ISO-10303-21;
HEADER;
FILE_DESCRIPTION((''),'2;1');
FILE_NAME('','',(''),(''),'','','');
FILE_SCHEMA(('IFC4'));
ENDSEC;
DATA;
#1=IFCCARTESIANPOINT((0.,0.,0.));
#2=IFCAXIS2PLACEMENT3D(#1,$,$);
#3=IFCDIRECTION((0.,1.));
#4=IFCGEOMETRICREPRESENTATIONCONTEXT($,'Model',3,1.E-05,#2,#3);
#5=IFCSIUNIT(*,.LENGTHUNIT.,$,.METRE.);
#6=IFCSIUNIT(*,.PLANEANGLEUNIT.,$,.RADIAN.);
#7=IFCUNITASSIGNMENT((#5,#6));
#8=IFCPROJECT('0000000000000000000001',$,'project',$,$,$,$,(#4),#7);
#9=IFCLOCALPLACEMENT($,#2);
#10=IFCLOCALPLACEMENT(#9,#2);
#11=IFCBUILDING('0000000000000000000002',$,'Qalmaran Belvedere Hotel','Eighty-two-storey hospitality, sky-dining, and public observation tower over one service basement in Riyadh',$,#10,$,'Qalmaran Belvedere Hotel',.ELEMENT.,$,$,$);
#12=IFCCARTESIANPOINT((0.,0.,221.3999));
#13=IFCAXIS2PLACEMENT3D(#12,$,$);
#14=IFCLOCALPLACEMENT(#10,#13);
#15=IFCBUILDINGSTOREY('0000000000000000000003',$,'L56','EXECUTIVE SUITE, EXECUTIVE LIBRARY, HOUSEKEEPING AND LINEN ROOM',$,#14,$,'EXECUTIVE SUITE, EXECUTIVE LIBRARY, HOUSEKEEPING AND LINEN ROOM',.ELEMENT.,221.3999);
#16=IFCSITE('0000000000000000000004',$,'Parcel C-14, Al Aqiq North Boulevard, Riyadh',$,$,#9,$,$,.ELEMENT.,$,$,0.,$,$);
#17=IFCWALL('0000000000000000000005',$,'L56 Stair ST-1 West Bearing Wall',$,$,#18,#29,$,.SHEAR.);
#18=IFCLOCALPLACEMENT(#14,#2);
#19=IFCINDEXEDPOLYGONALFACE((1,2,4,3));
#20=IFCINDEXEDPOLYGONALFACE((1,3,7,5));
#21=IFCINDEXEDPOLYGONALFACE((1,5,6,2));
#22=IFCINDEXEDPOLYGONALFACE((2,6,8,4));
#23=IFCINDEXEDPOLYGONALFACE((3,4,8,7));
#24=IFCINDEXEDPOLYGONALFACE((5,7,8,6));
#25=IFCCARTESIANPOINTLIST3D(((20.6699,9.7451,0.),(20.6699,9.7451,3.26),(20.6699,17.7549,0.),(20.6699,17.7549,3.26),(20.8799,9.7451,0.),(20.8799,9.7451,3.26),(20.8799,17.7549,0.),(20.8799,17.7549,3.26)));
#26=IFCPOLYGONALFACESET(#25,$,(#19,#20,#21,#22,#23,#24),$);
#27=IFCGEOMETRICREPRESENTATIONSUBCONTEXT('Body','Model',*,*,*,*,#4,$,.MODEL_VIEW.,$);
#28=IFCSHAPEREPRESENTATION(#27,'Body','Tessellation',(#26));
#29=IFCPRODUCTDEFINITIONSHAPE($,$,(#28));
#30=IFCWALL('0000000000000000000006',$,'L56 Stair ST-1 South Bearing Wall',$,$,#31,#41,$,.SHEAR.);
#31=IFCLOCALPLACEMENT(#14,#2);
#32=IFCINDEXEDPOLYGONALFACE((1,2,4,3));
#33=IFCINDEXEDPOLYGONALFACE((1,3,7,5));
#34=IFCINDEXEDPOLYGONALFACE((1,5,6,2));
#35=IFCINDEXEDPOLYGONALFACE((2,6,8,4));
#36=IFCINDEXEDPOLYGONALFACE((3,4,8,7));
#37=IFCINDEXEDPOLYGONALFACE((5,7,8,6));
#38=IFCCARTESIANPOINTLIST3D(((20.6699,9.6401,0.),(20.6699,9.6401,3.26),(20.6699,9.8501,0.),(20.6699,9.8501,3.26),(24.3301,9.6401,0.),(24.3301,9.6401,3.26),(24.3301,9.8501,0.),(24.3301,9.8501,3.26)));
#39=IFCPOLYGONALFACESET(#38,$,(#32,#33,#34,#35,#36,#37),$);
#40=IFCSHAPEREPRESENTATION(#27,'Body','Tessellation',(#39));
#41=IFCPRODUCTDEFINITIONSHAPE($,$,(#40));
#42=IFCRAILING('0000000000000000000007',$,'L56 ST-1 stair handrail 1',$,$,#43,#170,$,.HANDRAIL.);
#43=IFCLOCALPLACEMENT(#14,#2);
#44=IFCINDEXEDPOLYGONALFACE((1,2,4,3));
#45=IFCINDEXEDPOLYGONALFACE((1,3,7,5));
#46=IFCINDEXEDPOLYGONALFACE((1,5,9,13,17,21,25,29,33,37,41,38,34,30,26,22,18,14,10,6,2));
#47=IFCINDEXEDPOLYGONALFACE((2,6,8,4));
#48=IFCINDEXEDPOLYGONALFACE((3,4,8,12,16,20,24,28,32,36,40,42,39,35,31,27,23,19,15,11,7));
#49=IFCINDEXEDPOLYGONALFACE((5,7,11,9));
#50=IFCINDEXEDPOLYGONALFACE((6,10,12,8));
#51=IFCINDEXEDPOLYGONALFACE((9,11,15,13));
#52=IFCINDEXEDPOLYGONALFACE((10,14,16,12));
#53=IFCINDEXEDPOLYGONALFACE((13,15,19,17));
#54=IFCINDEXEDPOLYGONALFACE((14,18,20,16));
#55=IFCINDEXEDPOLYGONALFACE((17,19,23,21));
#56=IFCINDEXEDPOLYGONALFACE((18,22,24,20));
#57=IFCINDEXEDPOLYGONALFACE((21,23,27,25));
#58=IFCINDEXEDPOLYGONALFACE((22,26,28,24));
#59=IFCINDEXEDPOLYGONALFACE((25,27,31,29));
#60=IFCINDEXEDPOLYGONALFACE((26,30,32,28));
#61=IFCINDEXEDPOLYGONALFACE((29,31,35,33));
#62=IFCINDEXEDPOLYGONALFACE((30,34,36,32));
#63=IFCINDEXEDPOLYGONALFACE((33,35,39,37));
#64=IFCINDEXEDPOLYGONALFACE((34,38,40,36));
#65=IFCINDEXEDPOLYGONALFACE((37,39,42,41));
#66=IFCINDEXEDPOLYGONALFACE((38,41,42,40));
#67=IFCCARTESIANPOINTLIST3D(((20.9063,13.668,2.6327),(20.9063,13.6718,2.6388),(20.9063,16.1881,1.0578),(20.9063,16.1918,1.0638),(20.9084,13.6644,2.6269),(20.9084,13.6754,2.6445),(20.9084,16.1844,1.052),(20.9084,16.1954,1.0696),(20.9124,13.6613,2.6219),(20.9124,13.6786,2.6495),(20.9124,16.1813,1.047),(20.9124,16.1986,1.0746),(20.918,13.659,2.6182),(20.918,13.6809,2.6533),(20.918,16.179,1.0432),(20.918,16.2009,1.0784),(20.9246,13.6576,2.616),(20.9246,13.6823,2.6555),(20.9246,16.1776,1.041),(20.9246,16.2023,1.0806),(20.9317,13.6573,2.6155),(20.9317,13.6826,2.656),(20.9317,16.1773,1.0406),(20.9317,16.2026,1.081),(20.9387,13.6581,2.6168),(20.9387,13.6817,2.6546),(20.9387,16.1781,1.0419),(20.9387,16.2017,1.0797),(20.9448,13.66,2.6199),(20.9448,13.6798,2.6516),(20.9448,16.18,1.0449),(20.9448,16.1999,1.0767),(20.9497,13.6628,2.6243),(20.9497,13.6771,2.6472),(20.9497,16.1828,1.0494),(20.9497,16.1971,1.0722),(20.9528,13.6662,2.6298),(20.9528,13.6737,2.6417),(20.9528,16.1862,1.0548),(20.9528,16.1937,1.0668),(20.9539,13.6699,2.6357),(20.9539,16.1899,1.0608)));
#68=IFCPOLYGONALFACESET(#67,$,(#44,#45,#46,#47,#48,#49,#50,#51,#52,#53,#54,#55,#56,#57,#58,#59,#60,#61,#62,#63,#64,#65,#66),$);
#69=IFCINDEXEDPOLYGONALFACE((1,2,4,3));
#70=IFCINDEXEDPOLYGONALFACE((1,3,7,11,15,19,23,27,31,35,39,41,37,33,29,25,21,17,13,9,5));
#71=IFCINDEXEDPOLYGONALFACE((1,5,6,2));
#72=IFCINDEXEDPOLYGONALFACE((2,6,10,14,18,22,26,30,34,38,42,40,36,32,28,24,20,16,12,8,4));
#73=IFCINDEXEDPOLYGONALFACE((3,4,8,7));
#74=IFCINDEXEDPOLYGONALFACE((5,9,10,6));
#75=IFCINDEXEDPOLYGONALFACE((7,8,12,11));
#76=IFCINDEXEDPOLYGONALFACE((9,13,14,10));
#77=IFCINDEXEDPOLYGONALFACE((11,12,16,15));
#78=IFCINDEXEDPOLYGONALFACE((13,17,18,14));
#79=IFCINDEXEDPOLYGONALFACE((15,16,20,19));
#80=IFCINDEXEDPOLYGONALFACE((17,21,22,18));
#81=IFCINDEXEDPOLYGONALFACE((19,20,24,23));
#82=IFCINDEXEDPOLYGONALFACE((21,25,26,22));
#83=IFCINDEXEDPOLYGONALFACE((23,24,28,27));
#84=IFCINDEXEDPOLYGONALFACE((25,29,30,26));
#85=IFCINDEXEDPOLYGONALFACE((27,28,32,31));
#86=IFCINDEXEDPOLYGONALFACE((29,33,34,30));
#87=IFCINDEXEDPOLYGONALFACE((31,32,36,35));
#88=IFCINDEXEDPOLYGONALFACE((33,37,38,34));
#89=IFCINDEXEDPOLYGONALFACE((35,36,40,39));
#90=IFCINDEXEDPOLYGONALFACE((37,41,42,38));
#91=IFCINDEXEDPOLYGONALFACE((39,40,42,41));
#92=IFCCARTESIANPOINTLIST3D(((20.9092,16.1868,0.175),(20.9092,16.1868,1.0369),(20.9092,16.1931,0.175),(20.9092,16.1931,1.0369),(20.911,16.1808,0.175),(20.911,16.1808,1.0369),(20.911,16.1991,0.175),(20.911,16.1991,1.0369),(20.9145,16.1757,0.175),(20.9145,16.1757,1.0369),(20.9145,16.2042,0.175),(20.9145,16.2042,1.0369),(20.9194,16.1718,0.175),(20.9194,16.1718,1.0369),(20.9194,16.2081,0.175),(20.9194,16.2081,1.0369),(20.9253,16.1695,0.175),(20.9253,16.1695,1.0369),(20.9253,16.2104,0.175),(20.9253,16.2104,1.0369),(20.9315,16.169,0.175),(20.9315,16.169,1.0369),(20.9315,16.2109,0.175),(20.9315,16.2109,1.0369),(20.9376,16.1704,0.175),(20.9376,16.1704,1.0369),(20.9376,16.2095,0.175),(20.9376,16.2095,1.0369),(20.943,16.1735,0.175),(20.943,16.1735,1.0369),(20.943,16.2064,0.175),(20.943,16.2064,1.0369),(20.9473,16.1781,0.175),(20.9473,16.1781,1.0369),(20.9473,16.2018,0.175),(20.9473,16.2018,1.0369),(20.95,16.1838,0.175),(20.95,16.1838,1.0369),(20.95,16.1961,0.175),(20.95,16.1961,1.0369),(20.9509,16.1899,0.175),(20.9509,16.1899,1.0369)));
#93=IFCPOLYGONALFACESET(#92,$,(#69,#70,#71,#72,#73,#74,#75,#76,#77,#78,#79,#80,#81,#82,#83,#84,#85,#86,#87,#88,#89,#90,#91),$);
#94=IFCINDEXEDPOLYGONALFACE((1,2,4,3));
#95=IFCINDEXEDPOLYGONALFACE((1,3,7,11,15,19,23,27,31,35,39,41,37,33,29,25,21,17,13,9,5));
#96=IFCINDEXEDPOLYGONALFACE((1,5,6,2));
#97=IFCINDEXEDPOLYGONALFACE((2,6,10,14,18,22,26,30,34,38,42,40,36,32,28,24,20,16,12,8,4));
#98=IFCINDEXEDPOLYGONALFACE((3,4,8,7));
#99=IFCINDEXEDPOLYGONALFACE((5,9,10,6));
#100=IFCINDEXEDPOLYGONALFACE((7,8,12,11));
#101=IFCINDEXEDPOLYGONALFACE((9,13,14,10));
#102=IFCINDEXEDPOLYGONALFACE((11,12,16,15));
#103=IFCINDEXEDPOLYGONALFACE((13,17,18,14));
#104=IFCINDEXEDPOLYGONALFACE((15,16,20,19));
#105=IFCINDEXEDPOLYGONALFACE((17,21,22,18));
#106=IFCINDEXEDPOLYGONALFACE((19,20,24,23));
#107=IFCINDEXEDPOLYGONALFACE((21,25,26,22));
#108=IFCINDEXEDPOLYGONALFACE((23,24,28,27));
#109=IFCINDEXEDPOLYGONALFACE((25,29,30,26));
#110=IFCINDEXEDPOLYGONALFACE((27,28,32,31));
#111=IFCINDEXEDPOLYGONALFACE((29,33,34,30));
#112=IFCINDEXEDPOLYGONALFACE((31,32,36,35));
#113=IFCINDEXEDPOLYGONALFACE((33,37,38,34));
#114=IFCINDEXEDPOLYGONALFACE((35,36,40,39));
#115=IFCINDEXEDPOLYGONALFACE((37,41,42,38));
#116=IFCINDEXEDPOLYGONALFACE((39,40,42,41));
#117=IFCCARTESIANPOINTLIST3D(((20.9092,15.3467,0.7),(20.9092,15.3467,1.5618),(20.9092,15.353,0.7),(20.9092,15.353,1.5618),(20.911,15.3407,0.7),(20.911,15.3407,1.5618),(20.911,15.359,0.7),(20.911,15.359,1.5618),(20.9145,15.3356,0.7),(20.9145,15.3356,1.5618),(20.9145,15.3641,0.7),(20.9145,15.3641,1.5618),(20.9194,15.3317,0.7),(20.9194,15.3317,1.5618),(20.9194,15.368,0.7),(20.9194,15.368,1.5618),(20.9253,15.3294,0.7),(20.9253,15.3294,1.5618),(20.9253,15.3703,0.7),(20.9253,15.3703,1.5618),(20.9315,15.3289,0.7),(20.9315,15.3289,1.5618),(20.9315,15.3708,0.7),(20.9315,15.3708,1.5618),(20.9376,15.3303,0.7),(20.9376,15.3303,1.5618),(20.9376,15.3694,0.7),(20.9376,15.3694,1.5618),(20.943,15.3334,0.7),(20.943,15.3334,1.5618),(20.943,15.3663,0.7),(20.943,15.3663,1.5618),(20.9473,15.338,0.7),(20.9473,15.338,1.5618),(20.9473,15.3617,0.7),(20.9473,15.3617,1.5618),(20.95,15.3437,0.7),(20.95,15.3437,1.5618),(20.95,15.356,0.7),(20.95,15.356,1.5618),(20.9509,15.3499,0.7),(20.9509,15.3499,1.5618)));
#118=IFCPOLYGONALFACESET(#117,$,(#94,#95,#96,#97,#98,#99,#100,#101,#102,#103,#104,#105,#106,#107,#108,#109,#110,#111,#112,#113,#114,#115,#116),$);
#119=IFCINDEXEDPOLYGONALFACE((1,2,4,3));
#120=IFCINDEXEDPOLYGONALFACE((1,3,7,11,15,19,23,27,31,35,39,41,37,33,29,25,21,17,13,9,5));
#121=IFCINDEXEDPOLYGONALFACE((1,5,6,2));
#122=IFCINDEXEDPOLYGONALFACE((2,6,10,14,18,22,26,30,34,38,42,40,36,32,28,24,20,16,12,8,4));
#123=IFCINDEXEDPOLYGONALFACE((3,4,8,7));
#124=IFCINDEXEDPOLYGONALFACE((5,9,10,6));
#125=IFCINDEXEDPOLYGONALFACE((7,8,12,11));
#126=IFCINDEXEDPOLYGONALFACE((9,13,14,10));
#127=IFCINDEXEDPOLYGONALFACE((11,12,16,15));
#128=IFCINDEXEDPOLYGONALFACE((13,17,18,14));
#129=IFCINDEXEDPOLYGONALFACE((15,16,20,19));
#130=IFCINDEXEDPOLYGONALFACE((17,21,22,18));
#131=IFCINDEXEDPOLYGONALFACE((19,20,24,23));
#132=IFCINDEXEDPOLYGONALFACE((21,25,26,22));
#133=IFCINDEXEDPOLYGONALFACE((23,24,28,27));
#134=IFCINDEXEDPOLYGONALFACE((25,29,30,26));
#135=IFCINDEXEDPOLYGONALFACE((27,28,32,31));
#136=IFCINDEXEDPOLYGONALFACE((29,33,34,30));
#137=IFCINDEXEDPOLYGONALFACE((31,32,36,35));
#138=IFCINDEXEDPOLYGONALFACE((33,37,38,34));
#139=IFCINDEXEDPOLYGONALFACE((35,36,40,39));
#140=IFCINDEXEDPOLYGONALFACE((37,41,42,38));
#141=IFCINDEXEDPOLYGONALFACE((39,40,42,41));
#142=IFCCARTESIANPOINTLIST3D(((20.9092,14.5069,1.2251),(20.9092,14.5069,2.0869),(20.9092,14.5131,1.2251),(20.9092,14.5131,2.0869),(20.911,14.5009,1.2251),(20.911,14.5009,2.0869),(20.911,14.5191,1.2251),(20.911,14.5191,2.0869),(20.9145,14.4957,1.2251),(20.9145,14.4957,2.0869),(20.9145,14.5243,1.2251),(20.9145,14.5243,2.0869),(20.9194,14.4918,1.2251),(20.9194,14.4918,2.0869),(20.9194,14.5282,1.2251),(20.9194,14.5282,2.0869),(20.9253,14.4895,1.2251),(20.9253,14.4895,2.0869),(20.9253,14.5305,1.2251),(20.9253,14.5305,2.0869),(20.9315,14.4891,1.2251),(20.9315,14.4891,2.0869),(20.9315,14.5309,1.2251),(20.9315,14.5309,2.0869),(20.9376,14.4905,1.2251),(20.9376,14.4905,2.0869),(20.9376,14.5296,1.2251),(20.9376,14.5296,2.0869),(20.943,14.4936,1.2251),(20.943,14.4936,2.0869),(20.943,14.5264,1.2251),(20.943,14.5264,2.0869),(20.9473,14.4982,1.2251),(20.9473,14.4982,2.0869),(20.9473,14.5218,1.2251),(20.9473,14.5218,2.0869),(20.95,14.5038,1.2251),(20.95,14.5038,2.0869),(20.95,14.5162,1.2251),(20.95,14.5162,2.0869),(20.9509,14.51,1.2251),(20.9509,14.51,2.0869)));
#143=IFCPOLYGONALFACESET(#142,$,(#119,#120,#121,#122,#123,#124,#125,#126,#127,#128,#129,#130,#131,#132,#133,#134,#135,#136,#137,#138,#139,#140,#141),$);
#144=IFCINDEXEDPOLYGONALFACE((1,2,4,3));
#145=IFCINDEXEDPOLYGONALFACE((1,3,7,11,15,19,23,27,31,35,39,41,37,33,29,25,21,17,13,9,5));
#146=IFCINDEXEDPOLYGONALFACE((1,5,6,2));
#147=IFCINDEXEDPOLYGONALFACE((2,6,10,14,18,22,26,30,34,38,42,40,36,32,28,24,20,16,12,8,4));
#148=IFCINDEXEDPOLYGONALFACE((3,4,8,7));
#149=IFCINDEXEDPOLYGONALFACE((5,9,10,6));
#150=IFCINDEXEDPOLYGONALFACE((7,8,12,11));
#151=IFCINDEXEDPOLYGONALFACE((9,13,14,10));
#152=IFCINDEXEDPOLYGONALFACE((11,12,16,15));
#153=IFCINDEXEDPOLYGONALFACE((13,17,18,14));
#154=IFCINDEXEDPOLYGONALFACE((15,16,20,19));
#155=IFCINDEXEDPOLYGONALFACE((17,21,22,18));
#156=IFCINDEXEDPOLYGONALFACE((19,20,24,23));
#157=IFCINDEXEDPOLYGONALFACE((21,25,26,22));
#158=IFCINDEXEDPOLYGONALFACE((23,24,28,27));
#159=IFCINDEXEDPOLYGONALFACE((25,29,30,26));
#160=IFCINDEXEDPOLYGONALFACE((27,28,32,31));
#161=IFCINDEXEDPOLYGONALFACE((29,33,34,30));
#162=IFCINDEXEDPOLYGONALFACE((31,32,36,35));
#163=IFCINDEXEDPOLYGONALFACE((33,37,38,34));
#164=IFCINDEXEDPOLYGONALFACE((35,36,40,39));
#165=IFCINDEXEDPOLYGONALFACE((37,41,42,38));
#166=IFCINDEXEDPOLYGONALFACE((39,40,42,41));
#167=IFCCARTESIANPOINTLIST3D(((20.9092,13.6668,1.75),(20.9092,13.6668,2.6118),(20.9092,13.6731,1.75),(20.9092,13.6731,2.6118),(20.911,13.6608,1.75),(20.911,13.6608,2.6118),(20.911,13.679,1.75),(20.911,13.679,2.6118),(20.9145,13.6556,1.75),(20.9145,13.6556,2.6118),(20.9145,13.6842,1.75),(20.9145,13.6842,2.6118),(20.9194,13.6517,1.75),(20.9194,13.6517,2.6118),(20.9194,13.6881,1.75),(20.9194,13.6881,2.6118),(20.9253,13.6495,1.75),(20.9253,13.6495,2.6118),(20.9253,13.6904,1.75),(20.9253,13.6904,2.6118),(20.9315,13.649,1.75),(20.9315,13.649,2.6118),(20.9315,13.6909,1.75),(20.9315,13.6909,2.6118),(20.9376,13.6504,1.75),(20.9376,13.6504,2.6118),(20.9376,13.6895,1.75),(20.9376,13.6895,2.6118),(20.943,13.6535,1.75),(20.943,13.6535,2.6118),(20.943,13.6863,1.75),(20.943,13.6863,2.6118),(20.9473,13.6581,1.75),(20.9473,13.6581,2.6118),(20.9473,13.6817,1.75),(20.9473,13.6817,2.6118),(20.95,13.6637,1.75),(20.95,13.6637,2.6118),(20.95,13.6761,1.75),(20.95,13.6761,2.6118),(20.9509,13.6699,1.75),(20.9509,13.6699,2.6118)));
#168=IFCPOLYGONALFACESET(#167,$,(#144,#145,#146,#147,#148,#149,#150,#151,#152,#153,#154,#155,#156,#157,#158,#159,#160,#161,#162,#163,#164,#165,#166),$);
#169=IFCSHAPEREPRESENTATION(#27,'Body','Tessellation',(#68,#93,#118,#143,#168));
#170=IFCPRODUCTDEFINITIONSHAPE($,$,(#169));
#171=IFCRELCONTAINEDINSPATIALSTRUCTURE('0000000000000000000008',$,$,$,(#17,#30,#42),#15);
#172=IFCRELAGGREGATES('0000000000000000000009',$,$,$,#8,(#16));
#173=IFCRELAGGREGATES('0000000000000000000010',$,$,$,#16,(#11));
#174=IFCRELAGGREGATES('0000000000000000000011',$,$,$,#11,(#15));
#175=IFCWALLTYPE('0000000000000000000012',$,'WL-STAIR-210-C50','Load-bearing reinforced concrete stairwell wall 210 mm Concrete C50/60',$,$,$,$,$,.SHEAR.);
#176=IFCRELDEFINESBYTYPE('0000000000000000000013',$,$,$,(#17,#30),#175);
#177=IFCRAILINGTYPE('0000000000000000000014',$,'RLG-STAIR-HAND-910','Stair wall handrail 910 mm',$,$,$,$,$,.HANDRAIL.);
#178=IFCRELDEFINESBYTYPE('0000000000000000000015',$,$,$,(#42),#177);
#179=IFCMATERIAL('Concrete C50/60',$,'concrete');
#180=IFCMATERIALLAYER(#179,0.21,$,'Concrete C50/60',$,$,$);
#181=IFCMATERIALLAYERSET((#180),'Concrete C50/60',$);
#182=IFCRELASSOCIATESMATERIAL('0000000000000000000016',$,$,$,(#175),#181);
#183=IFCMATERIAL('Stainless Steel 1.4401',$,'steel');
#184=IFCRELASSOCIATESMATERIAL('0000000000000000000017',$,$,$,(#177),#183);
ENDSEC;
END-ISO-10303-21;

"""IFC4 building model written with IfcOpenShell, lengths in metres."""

from ifc_helpers import new_model, si_unit, direction, frame, frame_2d, origin, origin_2d, place, context, subcontext, project, spatial, rectangle, circle, extrude, material, layer, layer_set, type_object, element, save


model = new_model("IFC4")

# Units and contexts
model_context = context("Model", 3, precision=1e-05, world=origin(), true_north=direction((0.0, 1.0)))
body_context = subcontext(model_context, "Body", "Model", "MODEL_VIEW")
ifc_project = project(units=[si_unit("LENGTHUNIT", "METRE"), si_unit("PLANEANGLEUNIT", "RADIAN")], contexts=[model_context])

# Site, building, storey
site_placement = place(None, origin())
site = spatial("IfcSite", under=ifc_project, at=site_placement, Name="Parcel C-14, Al Aqiq North Boulevard, Riyadh", CompositionType="ELEMENT", RefElevation=0.0)
building_placement = place(site_placement, origin())
building = spatial("IfcBuilding", under=site, at=building_placement, Name="Qalmaran Belvedere Hotel", Description="Eighty-two-storey hospitality, sky-dining, and public observation tower over one service basement in Riyadh", LongName="Qalmaran Belvedere Hotel", CompositionType="ELEMENT")
storey_placement = place(building_placement, frame((0.0, 0.0, 221.3999)))
storey = spatial("IfcBuildingStorey", under=building, at=storey_placement, Name="L56", Description="EXECUTIVE SUITE, EXECUTIVE LIBRARY, HOUSEKEEPING AND LINEN ROOM", LongName="EXECUTIVE SUITE, EXECUTIVE LIBRARY, HOUSEKEEPING AND LINEN ROOM", CompositionType="ELEMENT", Elevation=221.3999)

# Shared definitions
ifc_material_1 = material(Name="Concrete C50/60", Category="concrete")

# Walls
ifc_layer_1 = layer(ifc_material_1, 0.21, Name="Concrete C50/60")
ifc_layer_set_1 = layer_set([ifc_layer_1], Name="Concrete C50/60")
wall_type_1 = type_object("IfcWallType", Name="WL-STAIR-210-C50", Description="Load-bearing reinforced concrete stairwell wall 210 mm Concrete C50/60", PredefinedType="SHEAR", material=ifc_layer_set_1)
wall_1_placement = place(storey_placement, frame((20.7749, 9.7451, 0.0), z_axis=(0.0, 0.0, 1.0), x_axis=(0.0, 1.0, 0.0)))
element("IfcWall", 1, at=wall_1_placement, inside=storey, type_object=wall_type_1, Name="L56 Stair ST-1 West Bearing Wall", PredefinedType="SHEAR", context=body_context, shape_type="SweptSolid", body=[
    extrude(rectangle(XDim=8.0098, YDim=0.21, at=frame_2d((4.0049, 0.0))), origin(), (0.0, 0.0, 1.0), 3.26),
])
wall_2_placement = place(storey_placement, frame((20.6699, 9.7451, 0.0), z_axis=(0.0, 0.0, 1.0), x_axis=(1.0, 0.0, 0.0)))
element("IfcWall", 2, at=wall_2_placement, inside=storey, type_object=wall_type_1, Name="L56 Stair ST-1 South Bearing Wall", PredefinedType="SHEAR", context=body_context, shape_type="SweptSolid", body=[
    extrude(rectangle(XDim=3.6602, YDim=0.21, at=frame_2d((1.8301, 0.0))), origin(), (0.0, 0.0, 1.0), 3.26),
])

# Railing
ifc_material_2 = material(Name="Stainless Steel 1.4401", Category="steel")
railing_type = type_object("IfcRailingType", Name="RLG-STAIR-HAND-910", Description="Stair wall handrail 910 mm", PredefinedType="HANDRAIL", material=ifc_material_2)
railing_placement = place(storey_placement, frame((20.9299, 16.1899, 0.175)))
element("IfcRailing", 3, at=railing_placement, inside=storey, type_object=railing_type, Name="L56 ST-1 stair handrail 1", PredefinedType="HANDRAIL", context=body_context, shape_type="SweptSolid", body=[
    extrude(circle(Radius=0.0239, at=origin_2d()), frame((0.0, 0.0, 0.8857), z_axis=(0.0, -0.848008, 0.529984), x_axis=(1.0, 0.0, 0.0)), (0.0, 0.0, 1.0), 2.9717),
    extrude(circle(Radius=0.021, at=origin_2d()), origin(), (0.0, 0.0, 1.0), 0.8618),
    extrude(circle(Radius=0.021, at=origin_2d()), frame((0.0, -0.8401, 0.5249)), (0.0, 0.0, 1.0), 0.8618),
    extrude(circle(Radius=0.021, at=origin_2d()), frame((0.0, -1.6799, 1.05)), (0.0, 0.0, 1.0), 0.8618),
    extrude(circle(Radius=0.021, at=origin_2d()), frame((0.0, -2.52, 1.575)), (0.0, 0.0, 1.0), 0.8618),
])

save(model, "model.ifc")
